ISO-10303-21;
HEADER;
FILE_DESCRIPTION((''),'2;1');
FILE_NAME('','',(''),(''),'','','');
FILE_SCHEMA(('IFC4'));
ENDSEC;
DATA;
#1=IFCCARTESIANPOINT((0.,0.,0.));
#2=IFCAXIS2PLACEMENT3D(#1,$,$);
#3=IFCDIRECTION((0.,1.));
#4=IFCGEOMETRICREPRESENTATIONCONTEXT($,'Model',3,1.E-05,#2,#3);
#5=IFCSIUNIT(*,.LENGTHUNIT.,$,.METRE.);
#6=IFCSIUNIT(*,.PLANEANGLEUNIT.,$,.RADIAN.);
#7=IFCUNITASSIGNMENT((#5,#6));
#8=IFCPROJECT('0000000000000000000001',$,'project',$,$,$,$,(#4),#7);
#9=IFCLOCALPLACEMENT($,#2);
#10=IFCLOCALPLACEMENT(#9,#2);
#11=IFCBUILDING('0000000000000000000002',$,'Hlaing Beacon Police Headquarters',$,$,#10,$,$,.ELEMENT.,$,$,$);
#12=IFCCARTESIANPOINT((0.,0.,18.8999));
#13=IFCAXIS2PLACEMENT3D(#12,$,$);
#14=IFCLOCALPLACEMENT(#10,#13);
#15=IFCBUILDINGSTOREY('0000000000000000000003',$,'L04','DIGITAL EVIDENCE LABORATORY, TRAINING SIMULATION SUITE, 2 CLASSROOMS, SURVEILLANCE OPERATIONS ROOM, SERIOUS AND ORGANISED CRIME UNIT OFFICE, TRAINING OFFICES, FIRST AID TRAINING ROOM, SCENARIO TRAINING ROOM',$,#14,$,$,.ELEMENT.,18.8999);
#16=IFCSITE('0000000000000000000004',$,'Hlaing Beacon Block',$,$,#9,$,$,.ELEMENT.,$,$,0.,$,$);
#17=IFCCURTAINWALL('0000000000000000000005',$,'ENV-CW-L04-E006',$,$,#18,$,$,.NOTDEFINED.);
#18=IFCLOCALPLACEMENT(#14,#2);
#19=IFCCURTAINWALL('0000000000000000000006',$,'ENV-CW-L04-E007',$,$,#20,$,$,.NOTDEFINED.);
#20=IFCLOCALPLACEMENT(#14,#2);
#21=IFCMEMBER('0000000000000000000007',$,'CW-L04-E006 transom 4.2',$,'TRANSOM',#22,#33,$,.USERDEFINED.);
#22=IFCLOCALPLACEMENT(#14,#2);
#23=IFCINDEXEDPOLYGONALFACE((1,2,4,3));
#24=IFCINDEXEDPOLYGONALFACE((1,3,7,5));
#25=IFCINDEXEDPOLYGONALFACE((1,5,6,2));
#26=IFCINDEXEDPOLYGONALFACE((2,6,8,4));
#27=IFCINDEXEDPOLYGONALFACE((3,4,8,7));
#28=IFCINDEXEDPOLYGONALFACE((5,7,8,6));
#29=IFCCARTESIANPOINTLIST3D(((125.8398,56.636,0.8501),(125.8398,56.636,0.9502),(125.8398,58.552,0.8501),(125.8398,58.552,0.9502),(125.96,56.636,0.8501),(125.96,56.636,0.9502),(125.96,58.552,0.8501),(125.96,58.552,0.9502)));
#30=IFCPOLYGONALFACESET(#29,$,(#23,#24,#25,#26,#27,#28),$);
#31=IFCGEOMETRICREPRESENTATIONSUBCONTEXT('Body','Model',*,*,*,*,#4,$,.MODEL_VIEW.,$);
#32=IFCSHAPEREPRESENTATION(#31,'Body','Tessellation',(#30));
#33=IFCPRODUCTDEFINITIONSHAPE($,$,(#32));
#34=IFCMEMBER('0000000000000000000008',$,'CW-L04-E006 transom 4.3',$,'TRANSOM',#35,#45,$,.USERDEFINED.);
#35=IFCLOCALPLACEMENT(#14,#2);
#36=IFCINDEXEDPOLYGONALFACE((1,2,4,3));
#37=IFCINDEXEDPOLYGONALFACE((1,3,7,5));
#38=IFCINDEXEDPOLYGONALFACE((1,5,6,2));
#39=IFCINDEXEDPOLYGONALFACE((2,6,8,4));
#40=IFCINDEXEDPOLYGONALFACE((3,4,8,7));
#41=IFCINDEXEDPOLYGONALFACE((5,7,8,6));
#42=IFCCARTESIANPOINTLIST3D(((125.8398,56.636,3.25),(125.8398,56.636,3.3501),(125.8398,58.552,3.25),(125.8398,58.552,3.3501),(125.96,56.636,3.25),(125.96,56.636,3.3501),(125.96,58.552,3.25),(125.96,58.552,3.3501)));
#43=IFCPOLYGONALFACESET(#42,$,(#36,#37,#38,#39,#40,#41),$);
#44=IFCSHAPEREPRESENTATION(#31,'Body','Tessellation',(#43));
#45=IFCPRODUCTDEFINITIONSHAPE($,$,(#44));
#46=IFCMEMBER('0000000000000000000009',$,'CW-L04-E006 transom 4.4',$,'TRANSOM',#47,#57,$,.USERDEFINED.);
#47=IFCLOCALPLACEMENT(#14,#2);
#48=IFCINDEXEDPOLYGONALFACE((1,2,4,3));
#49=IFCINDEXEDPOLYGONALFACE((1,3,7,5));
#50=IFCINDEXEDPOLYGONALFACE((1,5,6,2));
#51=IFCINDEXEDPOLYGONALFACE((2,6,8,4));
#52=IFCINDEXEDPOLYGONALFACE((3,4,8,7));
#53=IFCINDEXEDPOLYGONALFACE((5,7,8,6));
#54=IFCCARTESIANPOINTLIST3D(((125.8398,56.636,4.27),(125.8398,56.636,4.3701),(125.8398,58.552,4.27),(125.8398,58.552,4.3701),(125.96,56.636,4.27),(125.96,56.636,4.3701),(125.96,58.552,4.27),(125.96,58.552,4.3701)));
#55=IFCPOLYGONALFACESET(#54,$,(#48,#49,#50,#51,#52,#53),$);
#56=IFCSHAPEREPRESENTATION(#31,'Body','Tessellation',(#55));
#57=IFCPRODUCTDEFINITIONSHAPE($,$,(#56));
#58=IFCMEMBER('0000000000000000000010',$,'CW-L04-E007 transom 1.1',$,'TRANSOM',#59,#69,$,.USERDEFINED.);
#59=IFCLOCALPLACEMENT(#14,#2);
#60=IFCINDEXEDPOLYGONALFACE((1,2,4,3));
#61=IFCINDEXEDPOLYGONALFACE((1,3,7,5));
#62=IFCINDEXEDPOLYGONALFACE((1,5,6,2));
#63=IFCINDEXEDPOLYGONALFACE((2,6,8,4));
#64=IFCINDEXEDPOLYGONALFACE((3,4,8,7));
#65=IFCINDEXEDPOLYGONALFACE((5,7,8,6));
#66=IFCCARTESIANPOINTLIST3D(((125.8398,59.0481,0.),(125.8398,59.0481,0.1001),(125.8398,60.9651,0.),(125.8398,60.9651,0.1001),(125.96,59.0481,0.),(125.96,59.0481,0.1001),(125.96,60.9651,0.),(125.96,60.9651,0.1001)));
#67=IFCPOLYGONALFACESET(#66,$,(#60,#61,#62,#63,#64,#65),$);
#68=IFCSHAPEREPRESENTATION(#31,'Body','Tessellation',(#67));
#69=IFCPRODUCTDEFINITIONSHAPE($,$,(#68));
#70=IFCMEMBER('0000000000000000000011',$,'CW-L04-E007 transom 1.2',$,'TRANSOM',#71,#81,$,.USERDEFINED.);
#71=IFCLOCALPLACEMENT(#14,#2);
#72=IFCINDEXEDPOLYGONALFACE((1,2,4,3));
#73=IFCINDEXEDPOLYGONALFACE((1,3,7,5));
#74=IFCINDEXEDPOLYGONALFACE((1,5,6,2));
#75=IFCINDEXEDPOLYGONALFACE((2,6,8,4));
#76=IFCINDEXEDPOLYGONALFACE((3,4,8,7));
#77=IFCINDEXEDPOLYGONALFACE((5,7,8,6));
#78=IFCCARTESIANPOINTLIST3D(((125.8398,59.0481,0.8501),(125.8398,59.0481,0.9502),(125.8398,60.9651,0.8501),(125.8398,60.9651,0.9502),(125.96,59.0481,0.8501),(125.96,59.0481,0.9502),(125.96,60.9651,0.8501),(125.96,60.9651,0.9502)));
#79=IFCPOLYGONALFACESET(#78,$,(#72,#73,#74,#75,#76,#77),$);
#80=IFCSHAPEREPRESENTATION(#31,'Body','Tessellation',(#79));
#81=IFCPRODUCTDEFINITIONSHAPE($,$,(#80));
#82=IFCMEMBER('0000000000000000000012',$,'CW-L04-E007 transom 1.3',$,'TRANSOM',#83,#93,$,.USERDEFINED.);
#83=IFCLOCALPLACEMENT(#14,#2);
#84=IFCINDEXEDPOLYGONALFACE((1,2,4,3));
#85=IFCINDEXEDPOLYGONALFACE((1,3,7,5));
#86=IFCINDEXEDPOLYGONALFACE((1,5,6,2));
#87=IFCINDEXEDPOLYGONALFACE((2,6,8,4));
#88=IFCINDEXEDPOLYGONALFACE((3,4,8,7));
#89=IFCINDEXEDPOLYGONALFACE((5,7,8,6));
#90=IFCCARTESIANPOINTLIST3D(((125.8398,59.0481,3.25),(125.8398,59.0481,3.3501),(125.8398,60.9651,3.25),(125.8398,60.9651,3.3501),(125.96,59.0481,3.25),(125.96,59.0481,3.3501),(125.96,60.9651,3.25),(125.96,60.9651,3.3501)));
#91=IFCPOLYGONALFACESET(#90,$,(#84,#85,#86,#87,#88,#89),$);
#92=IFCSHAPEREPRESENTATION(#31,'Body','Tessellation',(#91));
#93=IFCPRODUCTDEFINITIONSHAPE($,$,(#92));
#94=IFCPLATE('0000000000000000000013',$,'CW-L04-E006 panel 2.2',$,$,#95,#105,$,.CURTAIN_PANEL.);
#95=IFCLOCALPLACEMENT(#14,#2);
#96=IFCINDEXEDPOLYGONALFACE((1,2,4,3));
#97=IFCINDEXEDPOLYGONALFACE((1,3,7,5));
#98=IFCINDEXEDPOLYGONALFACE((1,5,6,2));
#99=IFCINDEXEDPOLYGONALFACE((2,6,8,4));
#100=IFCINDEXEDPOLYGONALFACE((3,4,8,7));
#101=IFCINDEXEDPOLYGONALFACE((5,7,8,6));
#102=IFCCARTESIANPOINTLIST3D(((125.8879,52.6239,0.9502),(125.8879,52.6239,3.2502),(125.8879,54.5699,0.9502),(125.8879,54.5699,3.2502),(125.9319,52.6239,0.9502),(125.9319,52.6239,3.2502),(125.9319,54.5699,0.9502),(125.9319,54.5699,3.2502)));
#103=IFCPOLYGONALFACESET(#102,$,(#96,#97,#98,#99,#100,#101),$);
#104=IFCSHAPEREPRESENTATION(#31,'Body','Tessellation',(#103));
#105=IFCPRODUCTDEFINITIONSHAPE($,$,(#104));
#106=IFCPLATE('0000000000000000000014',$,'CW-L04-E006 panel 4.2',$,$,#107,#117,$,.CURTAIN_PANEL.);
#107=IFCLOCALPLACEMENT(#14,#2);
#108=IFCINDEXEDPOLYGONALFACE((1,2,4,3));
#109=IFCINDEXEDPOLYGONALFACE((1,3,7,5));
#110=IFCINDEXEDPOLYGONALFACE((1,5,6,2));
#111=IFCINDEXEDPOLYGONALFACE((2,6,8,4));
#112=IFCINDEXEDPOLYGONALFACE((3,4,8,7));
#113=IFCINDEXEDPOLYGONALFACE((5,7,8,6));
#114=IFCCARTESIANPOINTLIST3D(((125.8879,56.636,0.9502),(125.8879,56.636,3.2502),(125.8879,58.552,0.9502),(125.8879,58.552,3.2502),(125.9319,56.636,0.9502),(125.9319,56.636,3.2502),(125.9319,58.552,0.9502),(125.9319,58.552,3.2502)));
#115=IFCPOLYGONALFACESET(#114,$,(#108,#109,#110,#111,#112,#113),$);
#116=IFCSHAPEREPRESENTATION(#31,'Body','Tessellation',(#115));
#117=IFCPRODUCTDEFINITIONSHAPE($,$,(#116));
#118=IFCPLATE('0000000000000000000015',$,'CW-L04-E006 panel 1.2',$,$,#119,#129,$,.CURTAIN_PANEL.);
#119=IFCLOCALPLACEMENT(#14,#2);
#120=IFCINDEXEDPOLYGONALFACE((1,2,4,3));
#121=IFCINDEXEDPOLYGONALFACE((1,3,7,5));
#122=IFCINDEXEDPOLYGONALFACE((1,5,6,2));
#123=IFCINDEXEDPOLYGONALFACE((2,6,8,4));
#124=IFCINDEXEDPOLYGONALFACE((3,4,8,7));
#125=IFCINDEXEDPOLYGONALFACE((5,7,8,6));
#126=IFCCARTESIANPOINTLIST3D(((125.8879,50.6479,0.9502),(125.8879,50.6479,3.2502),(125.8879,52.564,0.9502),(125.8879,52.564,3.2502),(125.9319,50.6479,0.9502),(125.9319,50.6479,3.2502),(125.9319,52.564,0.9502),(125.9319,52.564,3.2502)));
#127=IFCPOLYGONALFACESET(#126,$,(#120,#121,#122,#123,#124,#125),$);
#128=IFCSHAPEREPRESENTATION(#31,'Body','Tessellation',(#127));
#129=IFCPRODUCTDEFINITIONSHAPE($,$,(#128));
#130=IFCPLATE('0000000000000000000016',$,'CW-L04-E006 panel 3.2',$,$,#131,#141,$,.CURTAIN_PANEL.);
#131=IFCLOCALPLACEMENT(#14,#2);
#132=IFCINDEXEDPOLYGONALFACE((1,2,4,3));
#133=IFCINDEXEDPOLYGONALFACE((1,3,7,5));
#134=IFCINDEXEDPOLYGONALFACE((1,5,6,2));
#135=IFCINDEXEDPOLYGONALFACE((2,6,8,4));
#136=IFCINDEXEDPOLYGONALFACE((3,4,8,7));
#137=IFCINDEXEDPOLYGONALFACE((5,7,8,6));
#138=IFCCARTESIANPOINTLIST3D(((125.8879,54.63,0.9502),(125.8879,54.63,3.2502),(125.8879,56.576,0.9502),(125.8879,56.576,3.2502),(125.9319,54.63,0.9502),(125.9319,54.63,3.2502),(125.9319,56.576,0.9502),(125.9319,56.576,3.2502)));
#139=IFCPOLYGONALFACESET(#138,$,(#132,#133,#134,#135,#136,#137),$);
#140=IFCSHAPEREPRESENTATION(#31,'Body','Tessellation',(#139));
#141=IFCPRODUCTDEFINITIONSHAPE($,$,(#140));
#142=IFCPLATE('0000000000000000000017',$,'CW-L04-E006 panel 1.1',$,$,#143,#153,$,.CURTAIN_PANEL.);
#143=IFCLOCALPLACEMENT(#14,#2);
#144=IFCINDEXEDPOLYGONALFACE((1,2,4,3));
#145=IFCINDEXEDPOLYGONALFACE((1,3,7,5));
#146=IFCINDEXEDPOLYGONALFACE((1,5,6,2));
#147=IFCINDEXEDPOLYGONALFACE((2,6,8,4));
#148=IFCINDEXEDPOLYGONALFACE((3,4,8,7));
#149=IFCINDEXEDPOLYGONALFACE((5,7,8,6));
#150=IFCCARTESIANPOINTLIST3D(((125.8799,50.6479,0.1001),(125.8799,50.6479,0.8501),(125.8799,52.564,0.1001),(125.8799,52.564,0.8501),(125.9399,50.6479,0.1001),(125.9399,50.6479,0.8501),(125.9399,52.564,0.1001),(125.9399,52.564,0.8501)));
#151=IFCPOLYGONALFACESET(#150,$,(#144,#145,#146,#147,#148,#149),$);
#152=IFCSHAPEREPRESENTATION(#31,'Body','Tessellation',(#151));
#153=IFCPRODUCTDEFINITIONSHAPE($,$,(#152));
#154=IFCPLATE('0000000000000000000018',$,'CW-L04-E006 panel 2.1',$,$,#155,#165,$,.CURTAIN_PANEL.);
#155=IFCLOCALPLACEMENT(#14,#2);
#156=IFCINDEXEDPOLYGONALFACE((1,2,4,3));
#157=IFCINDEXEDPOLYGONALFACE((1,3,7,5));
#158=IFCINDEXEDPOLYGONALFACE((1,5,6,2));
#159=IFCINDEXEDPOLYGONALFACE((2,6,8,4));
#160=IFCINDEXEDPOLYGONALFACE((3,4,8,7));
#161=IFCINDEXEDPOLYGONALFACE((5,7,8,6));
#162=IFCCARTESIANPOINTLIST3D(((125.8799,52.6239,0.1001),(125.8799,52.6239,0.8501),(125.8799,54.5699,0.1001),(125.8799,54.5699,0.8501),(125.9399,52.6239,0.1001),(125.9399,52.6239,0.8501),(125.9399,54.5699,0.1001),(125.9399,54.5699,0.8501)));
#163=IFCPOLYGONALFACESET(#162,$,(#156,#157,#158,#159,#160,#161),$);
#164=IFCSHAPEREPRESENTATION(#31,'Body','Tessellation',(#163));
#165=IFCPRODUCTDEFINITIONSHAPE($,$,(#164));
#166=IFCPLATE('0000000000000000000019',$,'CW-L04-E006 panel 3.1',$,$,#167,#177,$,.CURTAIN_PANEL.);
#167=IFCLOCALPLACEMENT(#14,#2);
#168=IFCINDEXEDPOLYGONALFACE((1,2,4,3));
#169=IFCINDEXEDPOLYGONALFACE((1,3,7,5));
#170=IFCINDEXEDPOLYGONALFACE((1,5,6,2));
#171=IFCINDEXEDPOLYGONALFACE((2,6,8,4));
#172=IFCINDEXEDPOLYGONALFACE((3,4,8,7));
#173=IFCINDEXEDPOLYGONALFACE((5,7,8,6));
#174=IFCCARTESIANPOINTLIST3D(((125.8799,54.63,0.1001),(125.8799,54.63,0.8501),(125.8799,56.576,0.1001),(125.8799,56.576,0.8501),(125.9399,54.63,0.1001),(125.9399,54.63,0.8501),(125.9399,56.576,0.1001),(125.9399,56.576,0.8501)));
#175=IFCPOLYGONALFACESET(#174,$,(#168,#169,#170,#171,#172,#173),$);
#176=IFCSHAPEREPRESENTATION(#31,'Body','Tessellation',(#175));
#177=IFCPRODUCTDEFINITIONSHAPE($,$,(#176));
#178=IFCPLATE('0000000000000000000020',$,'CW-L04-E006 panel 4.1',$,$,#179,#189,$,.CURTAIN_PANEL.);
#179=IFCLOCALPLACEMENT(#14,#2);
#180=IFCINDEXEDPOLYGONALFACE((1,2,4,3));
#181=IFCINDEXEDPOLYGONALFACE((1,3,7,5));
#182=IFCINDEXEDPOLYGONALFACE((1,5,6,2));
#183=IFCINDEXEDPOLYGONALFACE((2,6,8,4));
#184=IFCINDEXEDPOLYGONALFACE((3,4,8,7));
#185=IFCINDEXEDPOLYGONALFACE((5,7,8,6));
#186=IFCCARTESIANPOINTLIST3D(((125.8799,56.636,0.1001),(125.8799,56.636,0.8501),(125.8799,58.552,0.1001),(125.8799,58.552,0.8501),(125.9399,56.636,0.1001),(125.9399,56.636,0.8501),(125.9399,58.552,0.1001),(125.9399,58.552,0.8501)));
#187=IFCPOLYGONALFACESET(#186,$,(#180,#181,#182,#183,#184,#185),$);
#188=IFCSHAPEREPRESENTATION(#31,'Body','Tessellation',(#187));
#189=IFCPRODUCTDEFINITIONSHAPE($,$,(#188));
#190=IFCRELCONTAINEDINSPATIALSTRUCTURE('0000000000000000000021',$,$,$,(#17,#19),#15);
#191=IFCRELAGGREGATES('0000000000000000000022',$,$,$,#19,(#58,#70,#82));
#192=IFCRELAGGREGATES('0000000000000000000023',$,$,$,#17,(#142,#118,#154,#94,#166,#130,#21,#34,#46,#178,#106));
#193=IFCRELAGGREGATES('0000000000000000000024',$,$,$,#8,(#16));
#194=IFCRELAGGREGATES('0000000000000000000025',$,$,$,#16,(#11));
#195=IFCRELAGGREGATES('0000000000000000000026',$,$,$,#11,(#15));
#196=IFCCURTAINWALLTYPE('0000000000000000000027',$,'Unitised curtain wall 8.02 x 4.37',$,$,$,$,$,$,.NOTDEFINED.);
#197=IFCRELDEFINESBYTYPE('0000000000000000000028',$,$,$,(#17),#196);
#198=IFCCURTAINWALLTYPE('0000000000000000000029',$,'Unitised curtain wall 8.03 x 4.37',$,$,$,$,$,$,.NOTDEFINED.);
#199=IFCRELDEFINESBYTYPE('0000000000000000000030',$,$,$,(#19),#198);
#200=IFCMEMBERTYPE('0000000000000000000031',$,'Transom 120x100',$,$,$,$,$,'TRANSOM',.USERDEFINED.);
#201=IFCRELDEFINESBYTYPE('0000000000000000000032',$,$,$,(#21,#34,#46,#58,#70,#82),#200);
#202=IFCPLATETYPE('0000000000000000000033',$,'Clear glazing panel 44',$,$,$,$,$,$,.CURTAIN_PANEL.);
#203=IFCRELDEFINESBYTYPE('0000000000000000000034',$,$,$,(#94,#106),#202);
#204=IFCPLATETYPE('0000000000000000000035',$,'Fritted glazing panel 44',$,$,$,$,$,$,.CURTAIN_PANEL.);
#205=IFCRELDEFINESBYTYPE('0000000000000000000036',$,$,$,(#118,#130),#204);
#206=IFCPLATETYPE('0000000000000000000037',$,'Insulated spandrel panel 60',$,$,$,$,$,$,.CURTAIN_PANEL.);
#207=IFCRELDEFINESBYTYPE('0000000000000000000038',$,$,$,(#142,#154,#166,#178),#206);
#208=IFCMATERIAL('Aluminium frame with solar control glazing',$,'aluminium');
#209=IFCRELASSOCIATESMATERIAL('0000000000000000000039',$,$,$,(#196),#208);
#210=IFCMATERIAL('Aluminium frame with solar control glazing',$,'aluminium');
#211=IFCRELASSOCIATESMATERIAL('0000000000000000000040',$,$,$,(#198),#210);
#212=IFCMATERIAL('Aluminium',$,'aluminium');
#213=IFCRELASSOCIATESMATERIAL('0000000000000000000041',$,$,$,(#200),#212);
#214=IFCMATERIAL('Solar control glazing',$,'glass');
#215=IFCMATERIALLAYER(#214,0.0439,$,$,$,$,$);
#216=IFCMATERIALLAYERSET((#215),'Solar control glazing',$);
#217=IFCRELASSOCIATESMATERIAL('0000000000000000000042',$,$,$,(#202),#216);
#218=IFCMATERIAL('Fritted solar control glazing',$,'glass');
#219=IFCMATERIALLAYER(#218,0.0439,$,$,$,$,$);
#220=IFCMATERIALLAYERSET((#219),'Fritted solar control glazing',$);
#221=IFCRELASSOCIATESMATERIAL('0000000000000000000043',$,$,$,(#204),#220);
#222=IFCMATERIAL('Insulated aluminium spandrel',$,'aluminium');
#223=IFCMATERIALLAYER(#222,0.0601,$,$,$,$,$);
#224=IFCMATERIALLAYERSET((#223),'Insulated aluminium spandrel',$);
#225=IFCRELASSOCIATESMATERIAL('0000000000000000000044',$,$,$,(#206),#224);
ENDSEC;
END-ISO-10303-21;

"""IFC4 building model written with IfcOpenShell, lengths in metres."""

from ifc_helpers import new_model, si_unit, direction, frame, origin, origin_2d, place, context, subcontext, project, spatial, rectangle, extrude, material, layer, layer_set, material_profile, profile_set, type_object, element, aggregate, save


model = new_model("IFC4")

# Units and contexts
model_context = context("Model", 3, precision=1e-05, world=origin(), true_north=direction((0.0, 1.0)))
body_context = subcontext(model_context, "Body", "Model", "MODEL_VIEW")
ifc_project = project(units=[si_unit("LENGTHUNIT", "METRE"), si_unit("PLANEANGLEUNIT", "RADIAN")], contexts=[model_context])

# Site, building, storey
site_placement = place(None, origin())
site = spatial("IfcSite", under=ifc_project, at=site_placement, Name="Hlaing Beacon Block", CompositionType="ELEMENT", RefElevation=0.0)
building_placement = place(site_placement, origin())
building = spatial("IfcBuilding", under=site, at=building_placement, Name="Hlaing Beacon Police Headquarters", CompositionType="ELEMENT")
storey_placement = place(building_placement, frame((0.0, 0.0, 18.8999)))
storey = spatial("IfcBuildingStorey", under=building, at=storey_placement, Name="L04", Description="DIGITAL EVIDENCE LABORATORY, TRAINING SIMULATION SUITE, 2 CLASSROOMS, SURVEILLANCE OPERATIONS ROOM, SERIOUS AND ORGANISED CRIME UNIT OFFICE, TRAINING OFFICES, FIRST AID TRAINING ROOM, SCENARIO TRAINING ROOM", CompositionType="ELEMENT", Elevation=18.8999)

# Curtain wall
ifc_material_1 = material(Name="Aluminium frame with solar control glazing", Category="aluminium")
curtain_wall_type_1 = type_object("IfcCurtainWallType", Name="Unitised curtain wall 8.02 x 4.37", PredefinedType="NOTDEFINED", material=ifc_material_1)
curtain_wall_1_placement = place(storey_placement, origin())
curtain_wall_1 = element("IfcCurtainWall", 1, at=curtain_wall_1_placement, inside=storey, type_object=curtain_wall_type_1, Name="ENV-CW-L04-E006", PredefinedType="NOTDEFINED")

# Curtain wall
ifc_material_2 = material(Name="Aluminium frame with solar control glazing", Category="aluminium")
curtain_wall_type_2 = type_object("IfcCurtainWallType", Name="Unitised curtain wall 8.03 x 4.37", PredefinedType="NOTDEFINED", material=ifc_material_2)
curtain_wall_2_placement = place(storey_placement, origin())
curtain_wall_2 = element("IfcCurtainWall", 2, at=curtain_wall_2_placement, inside=storey, type_object=curtain_wall_type_2, Name="ENV-CW-L04-E007", PredefinedType="NOTDEFINED")

# Members
ifc_material_3 = material(Name="Aluminium", Category="aluminium")
ifc_material_profile_1 = material_profile(ifc_material_3, rectangle(XDim=0.1201, YDim=0.1001, at=origin_2d()), Name="Transom 120x100")
ifc_profile_set_1 = profile_set([ifc_material_profile_1], Name="Aluminium")
member_type_1 = type_object("IfcMemberType", Name="Transom 120x100", ElementType="TRANSOM", PredefinedType="USERDEFINED", material=ifc_profile_set_1)
member_1_placement = place(storey_placement, frame((125.8999, 56.636, 0.9001), z_axis=(0.0, 1.0, 0.0), x_axis=(-1.0, 0.0, 0.0)))
member_1 = element("IfcMember", 3, at=member_1_placement, type_object=member_type_1, Name="CW-L04-E006 transom 4.2", ObjectType="TRANSOM", PredefinedType="USERDEFINED", context=body_context, shape_type="SweptSolid", body=[
    extrude(rectangle(XDim=0.1201, YDim=0.1001, at=origin_2d()), origin(), (0.0, 0.0, 1.0), 1.916),
])
member_2_placement = place(storey_placement, frame((125.8999, 56.636, 3.3), z_axis=(0.0, 1.0, 0.0), x_axis=(-1.0, 0.0, 0.0)))
member_2 = element("IfcMember", 4, at=member_2_placement, type_object=member_type_1, Name="CW-L04-E006 transom 4.3", ObjectType="TRANSOM", PredefinedType="USERDEFINED", context=body_context, shape_type="SweptSolid", body=[
    extrude(rectangle(XDim=0.1201, YDim=0.1001, at=origin_2d()), origin(), (0.0, 0.0, 1.0), 1.916),
])
member_3_placement = place(storey_placement, frame((125.8999, 56.636, 4.3201), z_axis=(0.0, 1.0, 0.0), x_axis=(-1.0, 0.0, 0.0)))
member_3 = element("IfcMember", 5, at=member_3_placement, type_object=member_type_1, Name="CW-L04-E006 transom 4.4", ObjectType="TRANSOM", PredefinedType="USERDEFINED", context=body_context, shape_type="SweptSolid", body=[
    extrude(rectangle(XDim=0.1201, YDim=0.1001, at=origin_2d()), origin(), (0.0, 0.0, 1.0), 1.916),
])
member_4_placement = place(storey_placement, frame((125.8999, 59.0481, 0.05), z_axis=(0.0, 1.0, 0.0), x_axis=(-1.0, 0.0, 0.0)))
member_4 = element("IfcMember", 6, at=member_4_placement, type_object=member_type_1, Name="CW-L04-E007 transom 1.1", ObjectType="TRANSOM", PredefinedType="USERDEFINED", context=body_context, shape_type="SweptSolid", body=[
    extrude(rectangle(XDim=0.1201, YDim=0.1001, at=origin_2d()), origin(), (0.0, 0.0, 1.0), 1.917),
])
member_5_placement = place(storey_placement, frame((125.8999, 59.0481, 0.9001), z_axis=(0.0, 1.0, 0.0), x_axis=(-1.0, 0.0, 0.0)))
member_5 = element("IfcMember", 7, at=member_5_placement, type_object=member_type_1, Name="CW-L04-E007 transom 1.2", ObjectType="TRANSOM", PredefinedType="USERDEFINED", context=body_context, shape_type="SweptSolid", body=[
    extrude(rectangle(XDim=0.1201, YDim=0.1001, at=origin_2d()), origin(), (0.0, 0.0, 1.0), 1.917),
])
member_6_placement = place(storey_placement, frame((125.8999, 59.0481, 3.3), z_axis=(0.0, 1.0, 0.0), x_axis=(-1.0, 0.0, 0.0)))
member_6 = element("IfcMember", 8, at=member_6_placement, type_object=member_type_1, Name="CW-L04-E007 transom 1.3", ObjectType="TRANSOM", PredefinedType="USERDEFINED", context=body_context, shape_type="SweptSolid", body=[
    extrude(rectangle(XDim=0.1201, YDim=0.1001, at=origin_2d()), origin(), (0.0, 0.0, 1.0), 1.917),
])
aggregate(curtain_wall_2, [member_4, member_5, member_6])

# Plates
ifc_material_4 = material(Name="Solar control glazing", Category="glass")
ifc_layer_1 = layer(ifc_material_4, 0.0439)
ifc_layer_set_1 = layer_set([ifc_layer_1], Name="Solar control glazing")
plate_type_1 = type_object("IfcPlateType", Name="Clear glazing panel 44", PredefinedType="CURTAIN_PANEL", material=ifc_layer_set_1)
plate_1_placement = place(storey_placement, frame((125.9099, 53.5969, 0.9502), z_axis=(0.0, 0.0, 1.0), x_axis=(0.0, 1.0, 0.0)))
plate_1 = element("IfcPlate", 9, at=plate_1_placement, type_object=plate_type_1, Name="CW-L04-E006 panel 2.2", PredefinedType="CURTAIN_PANEL", context=body_context, shape_type="SweptSolid", body=[
    extrude(rectangle(XDim=1.946, YDim=0.0439, at=origin_2d()), origin(), (0.0, 0.0, 1.0), 2.3),
])
plate_2_placement = place(storey_placement, frame((125.9099, 57.594, 0.9502), z_axis=(0.0, 0.0, 1.0), x_axis=(0.0, 1.0, 0.0)))
plate_2 = element("IfcPlate", 10, at=plate_2_placement, type_object=plate_type_1, Name="CW-L04-E006 panel 4.2", PredefinedType="CURTAIN_PANEL", context=body_context, shape_type="SweptSolid", body=[
    extrude(rectangle(XDim=1.916, YDim=0.0439, at=origin_2d()), origin(), (0.0, 0.0, 1.0), 2.3),
])
ifc_material_5 = material(Name="Fritted solar control glazing", Category="glass")
ifc_layer_2 = layer(ifc_material_5, 0.0439)
ifc_layer_set_2 = layer_set([ifc_layer_2], Name="Fritted solar control glazing")
plate_type_2 = type_object("IfcPlateType", Name="Fritted glazing panel 44", PredefinedType="CURTAIN_PANEL", material=ifc_layer_set_2)
plate_3_placement = place(storey_placement, frame((125.9099, 51.606, 0.9502), z_axis=(0.0, 0.0, 1.0), x_axis=(0.0, 1.0, 0.0)))
plate_3 = element("IfcPlate", 11, at=plate_3_placement, type_object=plate_type_2, Name="CW-L04-E006 panel 1.2", PredefinedType="CURTAIN_PANEL", context=body_context, shape_type="SweptSolid", body=[
    extrude(rectangle(XDim=1.916, YDim=0.0439, at=origin_2d()), origin(), (0.0, 0.0, 1.0), 2.3),
])
plate_4_placement = place(storey_placement, frame((125.9099, 55.603, 0.9502), z_axis=(0.0, 0.0, 1.0), x_axis=(0.0, 1.0, 0.0)))
plate_4 = element("IfcPlate", 12, at=plate_4_placement, type_object=plate_type_2, Name="CW-L04-E006 panel 3.2", PredefinedType="CURTAIN_PANEL", context=body_context, shape_type="SweptSolid", body=[
    extrude(rectangle(XDim=1.946, YDim=0.0439, at=origin_2d()), origin(), (0.0, 0.0, 1.0), 2.3),
])
ifc_material_6 = material(Name="Insulated aluminium spandrel", Category="aluminium")
ifc_layer_3 = layer(ifc_material_6, 0.0601)
ifc_layer_set_3 = layer_set([ifc_layer_3], Name="Insulated aluminium spandrel")
plate_type_3 = type_object("IfcPlateType", Name="Insulated spandrel panel 60", PredefinedType="CURTAIN_PANEL", material=ifc_layer_set_3)
plate_5_placement = place(storey_placement, frame((125.9099, 51.606, 0.1001), z_axis=(0.0, 0.0, 1.0), x_axis=(0.0, 1.0, 0.0)))
plate_5 = element("IfcPlate", 13, at=plate_5_placement, type_object=plate_type_3, Name="CW-L04-E006 panel 1.1", PredefinedType="CURTAIN_PANEL", context=body_context, shape_type="SweptSolid", body=[
    extrude(rectangle(XDim=1.916, YDim=0.0601, at=origin_2d()), origin(), (0.0, 0.0, 1.0), 0.75),
])
plate_6_placement = place(storey_placement, frame((125.9099, 53.5969, 0.1001), z_axis=(0.0, 0.0, 1.0), x_axis=(0.0, 1.0, 0.0)))
plate_6 = element("IfcPlate", 14, at=plate_6_placement, type_object=plate_type_3, Name="CW-L04-E006 panel 2.1", PredefinedType="CURTAIN_PANEL", context=body_context, shape_type="SweptSolid", body=[
    extrude(rectangle(XDim=1.946, YDim=0.0601, at=origin_2d()), origin(), (0.0, 0.0, 1.0), 0.75),
])
plate_7_placement = place(storey_placement, frame((125.9099, 55.603, 0.1001), z_axis=(0.0, 0.0, 1.0), x_axis=(0.0, 1.0, 0.0)))
plate_7 = element("IfcPlate", 15, at=plate_7_placement, type_object=plate_type_3, Name="CW-L04-E006 panel 3.1", PredefinedType="CURTAIN_PANEL", context=body_context, shape_type="SweptSolid", body=[
    extrude(rectangle(XDim=1.946, YDim=0.0601, at=origin_2d()), origin(), (0.0, 0.0, 1.0), 0.75),
])
plate_8_placement = place(storey_placement, frame((125.9099, 57.594, 0.1001), z_axis=(0.0, 0.0, 1.0), x_axis=(0.0, 1.0, 0.0)))
plate_8 = element("IfcPlate", 16, at=plate_8_placement, type_object=plate_type_3, Name="CW-L04-E006 panel 4.1", PredefinedType="CURTAIN_PANEL", context=body_context, shape_type="SweptSolid", body=[
    extrude(rectangle(XDim=1.916, YDim=0.0601, at=origin_2d()), origin(), (0.0, 0.0, 1.0), 0.75),
])
aggregate(curtain_wall_1, [plate_5, plate_3, plate_6, plate_1, plate_7, plate_4, member_1, member_2, member_3, plate_8, plate_2])

save(model, "model.ifc")
